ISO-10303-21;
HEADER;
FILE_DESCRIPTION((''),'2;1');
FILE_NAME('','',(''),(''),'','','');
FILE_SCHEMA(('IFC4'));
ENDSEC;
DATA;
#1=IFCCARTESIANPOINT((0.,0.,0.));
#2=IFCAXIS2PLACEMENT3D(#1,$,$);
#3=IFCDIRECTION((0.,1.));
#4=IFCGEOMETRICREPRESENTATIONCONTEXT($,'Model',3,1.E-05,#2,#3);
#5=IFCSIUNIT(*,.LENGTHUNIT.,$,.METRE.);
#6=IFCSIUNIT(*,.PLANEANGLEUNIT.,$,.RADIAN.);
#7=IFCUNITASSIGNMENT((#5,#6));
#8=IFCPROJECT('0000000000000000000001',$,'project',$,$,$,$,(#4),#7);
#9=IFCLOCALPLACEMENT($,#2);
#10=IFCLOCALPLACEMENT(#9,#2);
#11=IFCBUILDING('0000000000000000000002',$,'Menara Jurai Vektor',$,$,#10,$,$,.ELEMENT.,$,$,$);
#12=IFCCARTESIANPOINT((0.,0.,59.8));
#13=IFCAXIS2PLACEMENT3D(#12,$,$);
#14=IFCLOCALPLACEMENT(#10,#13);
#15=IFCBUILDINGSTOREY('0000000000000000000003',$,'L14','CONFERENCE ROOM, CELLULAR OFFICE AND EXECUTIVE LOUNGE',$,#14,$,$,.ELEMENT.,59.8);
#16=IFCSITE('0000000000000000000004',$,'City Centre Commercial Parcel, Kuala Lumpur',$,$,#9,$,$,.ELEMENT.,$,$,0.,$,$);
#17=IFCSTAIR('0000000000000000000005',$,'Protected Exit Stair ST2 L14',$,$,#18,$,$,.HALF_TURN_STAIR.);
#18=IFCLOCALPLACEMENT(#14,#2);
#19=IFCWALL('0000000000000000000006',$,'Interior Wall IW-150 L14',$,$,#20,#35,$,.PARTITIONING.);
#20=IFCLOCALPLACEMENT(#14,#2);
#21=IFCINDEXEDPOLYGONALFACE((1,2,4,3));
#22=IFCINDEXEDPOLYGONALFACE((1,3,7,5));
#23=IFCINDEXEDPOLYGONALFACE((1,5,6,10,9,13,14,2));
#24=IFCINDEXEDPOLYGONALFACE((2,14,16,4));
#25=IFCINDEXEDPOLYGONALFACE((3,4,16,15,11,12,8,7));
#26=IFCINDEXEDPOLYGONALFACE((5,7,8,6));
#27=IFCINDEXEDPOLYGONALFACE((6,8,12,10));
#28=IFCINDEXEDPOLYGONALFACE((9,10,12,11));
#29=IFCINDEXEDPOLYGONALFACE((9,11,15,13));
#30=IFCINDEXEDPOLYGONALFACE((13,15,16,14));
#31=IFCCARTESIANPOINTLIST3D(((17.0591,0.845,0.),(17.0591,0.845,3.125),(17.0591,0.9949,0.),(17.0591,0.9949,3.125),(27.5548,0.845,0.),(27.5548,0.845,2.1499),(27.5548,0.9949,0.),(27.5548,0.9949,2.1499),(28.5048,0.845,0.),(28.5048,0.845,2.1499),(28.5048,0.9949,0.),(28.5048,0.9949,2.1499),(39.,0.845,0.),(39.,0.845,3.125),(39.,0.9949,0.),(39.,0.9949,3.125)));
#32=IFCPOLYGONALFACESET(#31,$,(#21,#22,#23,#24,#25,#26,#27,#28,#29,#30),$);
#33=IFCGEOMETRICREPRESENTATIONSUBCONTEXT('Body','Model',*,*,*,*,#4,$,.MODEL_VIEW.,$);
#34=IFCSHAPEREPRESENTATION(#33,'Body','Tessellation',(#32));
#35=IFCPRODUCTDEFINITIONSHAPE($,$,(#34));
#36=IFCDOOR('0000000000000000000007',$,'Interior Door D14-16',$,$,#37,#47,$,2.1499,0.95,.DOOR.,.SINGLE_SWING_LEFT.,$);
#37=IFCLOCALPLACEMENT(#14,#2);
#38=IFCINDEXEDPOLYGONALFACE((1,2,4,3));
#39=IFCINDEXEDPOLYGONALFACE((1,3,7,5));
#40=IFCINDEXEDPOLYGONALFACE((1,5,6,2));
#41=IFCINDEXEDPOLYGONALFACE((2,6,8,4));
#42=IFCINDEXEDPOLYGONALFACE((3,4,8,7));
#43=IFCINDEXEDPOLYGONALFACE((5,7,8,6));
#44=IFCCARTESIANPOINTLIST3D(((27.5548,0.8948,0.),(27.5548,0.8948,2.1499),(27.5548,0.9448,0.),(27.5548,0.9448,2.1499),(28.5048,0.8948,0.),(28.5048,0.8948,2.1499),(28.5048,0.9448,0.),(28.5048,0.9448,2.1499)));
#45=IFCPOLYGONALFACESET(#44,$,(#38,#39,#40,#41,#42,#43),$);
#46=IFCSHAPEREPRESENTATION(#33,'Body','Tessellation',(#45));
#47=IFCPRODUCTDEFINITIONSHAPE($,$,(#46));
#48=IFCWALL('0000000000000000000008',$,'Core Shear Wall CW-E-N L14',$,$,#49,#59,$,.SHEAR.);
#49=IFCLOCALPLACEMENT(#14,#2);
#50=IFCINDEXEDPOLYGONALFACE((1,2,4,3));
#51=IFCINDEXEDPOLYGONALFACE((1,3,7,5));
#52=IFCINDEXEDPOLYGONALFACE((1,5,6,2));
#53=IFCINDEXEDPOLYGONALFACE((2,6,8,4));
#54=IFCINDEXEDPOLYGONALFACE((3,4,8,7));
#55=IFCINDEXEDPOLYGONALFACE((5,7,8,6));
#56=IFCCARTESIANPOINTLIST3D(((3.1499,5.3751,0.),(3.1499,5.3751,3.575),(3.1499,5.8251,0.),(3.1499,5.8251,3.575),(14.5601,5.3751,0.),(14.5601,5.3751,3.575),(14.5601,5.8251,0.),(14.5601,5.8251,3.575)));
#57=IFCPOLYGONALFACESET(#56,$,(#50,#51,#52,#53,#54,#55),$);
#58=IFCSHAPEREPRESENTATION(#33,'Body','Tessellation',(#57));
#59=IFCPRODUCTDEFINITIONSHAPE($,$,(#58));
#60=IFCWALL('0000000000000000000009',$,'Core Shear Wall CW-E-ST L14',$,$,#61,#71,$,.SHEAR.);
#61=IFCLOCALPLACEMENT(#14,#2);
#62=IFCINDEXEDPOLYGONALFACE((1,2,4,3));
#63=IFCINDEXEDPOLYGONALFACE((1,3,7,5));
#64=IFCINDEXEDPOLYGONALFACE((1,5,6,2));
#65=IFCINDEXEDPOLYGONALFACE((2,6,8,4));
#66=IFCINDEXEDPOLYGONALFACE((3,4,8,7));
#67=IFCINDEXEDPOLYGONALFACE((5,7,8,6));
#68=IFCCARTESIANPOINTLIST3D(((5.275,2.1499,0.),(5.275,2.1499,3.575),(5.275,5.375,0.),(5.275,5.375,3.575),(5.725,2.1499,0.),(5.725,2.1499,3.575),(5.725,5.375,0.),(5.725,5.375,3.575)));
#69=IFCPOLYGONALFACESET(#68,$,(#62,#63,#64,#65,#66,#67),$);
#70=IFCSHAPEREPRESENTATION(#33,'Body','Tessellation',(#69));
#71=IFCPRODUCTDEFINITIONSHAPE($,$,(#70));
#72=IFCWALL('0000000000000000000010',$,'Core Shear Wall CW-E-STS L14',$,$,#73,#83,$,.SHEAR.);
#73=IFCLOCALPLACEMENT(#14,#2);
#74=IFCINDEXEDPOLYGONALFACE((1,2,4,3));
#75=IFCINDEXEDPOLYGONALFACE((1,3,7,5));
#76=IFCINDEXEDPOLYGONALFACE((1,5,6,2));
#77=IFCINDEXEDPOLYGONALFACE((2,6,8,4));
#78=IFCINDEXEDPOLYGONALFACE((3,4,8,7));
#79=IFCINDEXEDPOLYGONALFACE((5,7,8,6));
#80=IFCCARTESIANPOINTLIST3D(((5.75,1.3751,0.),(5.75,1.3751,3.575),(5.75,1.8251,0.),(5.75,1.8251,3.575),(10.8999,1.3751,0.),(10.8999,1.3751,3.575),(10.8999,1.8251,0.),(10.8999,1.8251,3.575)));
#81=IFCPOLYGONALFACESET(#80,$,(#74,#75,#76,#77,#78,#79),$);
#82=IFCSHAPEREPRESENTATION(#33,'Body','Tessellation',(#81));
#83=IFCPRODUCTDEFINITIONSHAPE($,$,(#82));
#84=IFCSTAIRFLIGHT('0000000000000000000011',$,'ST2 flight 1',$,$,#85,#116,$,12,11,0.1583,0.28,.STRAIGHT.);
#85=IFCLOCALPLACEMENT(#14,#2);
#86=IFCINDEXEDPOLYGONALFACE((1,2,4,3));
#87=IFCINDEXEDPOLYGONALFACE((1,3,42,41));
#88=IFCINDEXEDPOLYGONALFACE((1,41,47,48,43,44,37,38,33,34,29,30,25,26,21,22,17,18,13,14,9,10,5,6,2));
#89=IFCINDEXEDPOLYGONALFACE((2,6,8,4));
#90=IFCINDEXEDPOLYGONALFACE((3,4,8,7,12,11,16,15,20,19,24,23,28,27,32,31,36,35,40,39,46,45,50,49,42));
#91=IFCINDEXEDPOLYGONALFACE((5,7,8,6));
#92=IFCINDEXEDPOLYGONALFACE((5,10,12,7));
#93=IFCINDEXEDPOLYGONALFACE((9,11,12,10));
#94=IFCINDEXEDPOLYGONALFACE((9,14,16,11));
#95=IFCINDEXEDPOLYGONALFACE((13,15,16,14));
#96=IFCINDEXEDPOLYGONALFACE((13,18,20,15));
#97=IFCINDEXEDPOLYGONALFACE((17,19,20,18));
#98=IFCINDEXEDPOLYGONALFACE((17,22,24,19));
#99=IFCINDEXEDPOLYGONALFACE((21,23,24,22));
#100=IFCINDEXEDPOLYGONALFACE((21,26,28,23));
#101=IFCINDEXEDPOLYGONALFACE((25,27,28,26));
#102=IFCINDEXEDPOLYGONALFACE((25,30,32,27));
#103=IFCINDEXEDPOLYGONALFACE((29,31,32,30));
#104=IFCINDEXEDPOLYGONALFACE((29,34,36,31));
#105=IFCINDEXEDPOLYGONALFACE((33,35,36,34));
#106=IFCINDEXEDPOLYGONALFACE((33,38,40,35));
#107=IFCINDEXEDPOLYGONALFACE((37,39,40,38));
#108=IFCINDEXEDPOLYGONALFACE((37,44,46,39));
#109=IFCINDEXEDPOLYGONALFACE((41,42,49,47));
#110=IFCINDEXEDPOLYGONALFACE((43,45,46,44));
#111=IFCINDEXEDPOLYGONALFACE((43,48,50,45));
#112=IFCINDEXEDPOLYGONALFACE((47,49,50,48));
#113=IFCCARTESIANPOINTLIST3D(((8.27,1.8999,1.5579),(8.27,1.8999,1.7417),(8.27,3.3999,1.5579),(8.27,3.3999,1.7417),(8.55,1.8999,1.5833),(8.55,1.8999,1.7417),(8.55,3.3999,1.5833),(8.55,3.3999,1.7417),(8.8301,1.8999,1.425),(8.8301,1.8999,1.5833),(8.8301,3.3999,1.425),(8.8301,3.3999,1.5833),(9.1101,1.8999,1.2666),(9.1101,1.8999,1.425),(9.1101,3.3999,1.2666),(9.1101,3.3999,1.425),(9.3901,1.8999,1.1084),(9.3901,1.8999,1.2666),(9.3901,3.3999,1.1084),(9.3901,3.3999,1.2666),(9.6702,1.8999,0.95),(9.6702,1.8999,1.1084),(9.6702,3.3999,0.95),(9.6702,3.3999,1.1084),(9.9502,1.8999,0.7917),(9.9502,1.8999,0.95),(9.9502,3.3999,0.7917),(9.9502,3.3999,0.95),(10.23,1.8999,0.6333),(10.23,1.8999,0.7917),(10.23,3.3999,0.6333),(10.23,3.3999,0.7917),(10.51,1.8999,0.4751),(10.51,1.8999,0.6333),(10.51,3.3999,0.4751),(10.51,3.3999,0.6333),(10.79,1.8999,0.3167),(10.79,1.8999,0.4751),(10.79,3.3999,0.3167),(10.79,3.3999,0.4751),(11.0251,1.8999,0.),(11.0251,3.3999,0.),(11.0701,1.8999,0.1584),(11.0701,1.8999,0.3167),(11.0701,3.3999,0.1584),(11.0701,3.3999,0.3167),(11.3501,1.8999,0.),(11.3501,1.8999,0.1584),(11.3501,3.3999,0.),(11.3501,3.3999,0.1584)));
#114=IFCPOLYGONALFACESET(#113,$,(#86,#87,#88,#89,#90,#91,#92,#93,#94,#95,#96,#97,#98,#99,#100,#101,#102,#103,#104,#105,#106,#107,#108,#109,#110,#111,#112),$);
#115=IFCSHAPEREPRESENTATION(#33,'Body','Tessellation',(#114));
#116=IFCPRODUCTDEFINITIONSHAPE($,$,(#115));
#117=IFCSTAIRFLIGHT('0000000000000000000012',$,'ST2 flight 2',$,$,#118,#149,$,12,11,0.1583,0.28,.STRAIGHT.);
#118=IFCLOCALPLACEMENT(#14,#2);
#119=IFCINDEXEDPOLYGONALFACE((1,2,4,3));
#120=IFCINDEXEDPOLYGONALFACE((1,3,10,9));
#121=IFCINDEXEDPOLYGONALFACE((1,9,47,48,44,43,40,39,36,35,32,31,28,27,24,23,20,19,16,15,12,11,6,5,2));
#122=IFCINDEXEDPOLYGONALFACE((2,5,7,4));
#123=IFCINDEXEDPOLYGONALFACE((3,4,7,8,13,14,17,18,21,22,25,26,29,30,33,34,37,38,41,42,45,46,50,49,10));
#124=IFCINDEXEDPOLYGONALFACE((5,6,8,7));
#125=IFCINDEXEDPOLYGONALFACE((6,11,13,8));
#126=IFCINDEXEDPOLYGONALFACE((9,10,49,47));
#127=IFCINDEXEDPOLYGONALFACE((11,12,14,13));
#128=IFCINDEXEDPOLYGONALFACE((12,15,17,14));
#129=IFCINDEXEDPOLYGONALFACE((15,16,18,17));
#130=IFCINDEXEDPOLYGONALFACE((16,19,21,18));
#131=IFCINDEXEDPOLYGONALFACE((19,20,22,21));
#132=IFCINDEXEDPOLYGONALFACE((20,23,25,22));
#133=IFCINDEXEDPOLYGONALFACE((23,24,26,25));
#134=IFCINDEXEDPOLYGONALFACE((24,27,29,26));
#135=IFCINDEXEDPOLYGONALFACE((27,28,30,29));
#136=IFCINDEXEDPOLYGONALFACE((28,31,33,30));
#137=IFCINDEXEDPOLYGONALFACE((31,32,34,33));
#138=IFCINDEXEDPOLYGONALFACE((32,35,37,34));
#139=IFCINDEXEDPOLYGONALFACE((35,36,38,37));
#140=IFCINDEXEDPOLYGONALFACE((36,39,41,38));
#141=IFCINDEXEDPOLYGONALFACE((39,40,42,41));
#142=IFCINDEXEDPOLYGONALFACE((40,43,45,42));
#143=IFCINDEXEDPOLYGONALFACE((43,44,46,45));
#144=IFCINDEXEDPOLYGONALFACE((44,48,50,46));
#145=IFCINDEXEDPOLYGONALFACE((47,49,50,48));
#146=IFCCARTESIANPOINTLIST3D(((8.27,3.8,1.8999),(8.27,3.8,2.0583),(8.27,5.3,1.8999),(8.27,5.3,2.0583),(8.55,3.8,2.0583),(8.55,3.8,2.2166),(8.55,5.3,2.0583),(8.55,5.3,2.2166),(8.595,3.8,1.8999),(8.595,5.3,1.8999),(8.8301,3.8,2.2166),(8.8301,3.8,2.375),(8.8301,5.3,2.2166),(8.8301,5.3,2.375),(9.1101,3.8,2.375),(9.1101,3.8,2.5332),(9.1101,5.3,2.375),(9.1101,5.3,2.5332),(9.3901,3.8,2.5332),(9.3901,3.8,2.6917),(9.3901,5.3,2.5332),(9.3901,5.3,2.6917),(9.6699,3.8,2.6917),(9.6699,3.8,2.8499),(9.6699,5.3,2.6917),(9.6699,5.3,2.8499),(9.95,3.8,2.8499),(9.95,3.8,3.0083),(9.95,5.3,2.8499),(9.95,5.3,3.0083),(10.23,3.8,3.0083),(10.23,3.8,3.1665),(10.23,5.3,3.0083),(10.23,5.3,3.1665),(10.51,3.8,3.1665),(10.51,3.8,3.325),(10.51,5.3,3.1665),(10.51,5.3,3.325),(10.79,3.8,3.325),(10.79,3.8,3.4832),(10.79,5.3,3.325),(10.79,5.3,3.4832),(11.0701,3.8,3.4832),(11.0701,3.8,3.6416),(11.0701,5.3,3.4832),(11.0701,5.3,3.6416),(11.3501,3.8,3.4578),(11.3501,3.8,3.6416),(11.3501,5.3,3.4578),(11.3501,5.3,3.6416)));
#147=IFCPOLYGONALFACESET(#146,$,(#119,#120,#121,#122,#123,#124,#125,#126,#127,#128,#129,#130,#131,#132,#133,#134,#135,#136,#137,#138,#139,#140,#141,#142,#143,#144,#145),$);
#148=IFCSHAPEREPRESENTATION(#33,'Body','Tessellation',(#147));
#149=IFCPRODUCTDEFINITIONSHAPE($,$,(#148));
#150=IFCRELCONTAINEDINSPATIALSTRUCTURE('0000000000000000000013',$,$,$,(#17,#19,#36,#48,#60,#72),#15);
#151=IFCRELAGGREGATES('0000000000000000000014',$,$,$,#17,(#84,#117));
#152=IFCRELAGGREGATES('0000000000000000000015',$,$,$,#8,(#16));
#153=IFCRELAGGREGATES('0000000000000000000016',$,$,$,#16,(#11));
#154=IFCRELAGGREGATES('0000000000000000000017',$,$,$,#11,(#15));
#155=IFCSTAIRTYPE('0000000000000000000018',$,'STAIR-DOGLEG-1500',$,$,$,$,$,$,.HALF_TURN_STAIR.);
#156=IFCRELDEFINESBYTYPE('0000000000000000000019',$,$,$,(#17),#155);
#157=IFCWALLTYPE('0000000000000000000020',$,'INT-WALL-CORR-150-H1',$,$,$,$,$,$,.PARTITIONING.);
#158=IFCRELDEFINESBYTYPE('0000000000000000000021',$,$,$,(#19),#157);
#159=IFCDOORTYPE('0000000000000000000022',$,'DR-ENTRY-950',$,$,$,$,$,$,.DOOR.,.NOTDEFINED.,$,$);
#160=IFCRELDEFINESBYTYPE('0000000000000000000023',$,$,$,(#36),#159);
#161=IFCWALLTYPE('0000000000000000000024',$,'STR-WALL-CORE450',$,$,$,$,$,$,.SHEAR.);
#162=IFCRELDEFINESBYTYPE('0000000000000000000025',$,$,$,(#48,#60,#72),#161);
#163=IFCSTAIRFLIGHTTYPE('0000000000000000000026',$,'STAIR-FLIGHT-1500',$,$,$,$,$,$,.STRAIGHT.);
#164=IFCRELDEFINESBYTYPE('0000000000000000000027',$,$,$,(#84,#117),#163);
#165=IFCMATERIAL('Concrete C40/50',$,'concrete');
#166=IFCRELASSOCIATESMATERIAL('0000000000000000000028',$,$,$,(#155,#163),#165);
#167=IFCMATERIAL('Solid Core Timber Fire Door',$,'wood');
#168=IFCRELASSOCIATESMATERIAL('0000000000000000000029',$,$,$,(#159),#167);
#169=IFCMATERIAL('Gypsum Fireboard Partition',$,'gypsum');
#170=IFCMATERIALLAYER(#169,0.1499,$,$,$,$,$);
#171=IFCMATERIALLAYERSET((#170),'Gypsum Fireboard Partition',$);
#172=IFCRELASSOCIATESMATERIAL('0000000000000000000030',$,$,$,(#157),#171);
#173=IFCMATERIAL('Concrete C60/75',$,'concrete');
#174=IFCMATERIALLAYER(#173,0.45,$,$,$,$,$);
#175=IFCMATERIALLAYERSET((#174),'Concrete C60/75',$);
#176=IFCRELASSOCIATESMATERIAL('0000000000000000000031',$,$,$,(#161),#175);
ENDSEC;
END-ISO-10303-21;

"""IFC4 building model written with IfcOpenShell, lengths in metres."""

from ifc_helpers import new_model, si_unit, direction, frame, frame_2d, origin, place, context, subcontext, project, spatial, polyline, rectangle, outline, extrude, material, layer, layer_set, type_object, element, fill, aggregate, save


model = new_model("IFC4")

# Units and contexts
model_context = context("Model", 3, precision=1e-05, world=origin(), true_north=direction((0.0, 1.0)))
body_context = subcontext(model_context, "Body", "Model", "MODEL_VIEW")
ifc_project = project(units=[si_unit("LENGTHUNIT", "METRE"), si_unit("PLANEANGLEUNIT", "RADIAN")], contexts=[model_context])

# Site, building, storey
site_placement = place(None, origin())
site = spatial("IfcSite", under=ifc_project, at=site_placement, Name="City Centre Commercial Parcel, Kuala Lumpur", CompositionType="ELEMENT", RefElevation=0.0)
building_placement = place(site_placement, origin())
building = spatial("IfcBuilding", under=site, at=building_placement, Name="Menara Jurai Vektor", CompositionType="ELEMENT")
storey_placement = place(building_placement, frame((0.0, 0.0, 59.8)))
storey = spatial("IfcBuildingStorey", under=building, at=storey_placement, Name="L14", Description="CONFERENCE ROOM, CELLULAR OFFICE AND EXECUTIVE LOUNGE", CompositionType="ELEMENT", Elevation=59.8)

# Shared definitions
ifc_material_1 = material(Name="Concrete C60/75", Category="concrete")

# Stair
ifc_material_2 = material(Name="Concrete C40/50", Category="concrete")
stair_type = type_object("IfcStairType", Name="STAIR-DOGLEG-1500", PredefinedType="HALF_TURN_STAIR", material=ifc_material_2)
stair_placement = place(storey_placement, origin())
stair = element("IfcStair", 1, at=stair_placement, inside=storey, type_object=stair_type, Name="Protected Exit Stair ST2 L14", PredefinedType="HALF_TURN_STAIR")

# Shared definitions
ifc_material_3 = material(Name="Gypsum Fireboard Partition", Category="gypsum")

# Shared definitions
ifc_material_4 = material(Name="Solid Core Timber Fire Door", Category="wood")
door_type_1 = type_object("IfcDoorType", Name="DR-ENTRY-950", OperationType="NOTDEFINED", PredefinedType="DOOR", material=ifc_material_4)

# Wall, opening, door
ifc_layer_1 = layer(ifc_material_3, 0.1499)
ifc_layer_set_1 = layer_set([ifc_layer_1], Name="Gypsum Fireboard Partition")
wall_type_1 = type_object("IfcWallType", Name="INT-WALL-CORR-150-H1", PredefinedType="PARTITIONING", material=ifc_layer_set_1)
wall_1_placement = place(storey_placement, frame((17.0591, 0.9199, 0.0), z_axis=(0.0, 0.0, 1.0), x_axis=(1.0, 0.0, 0.0)))
wall_1 = element("IfcWall", 2, at=wall_1_placement, inside=storey, type_object=wall_type_1, Name="Interior Wall IW-150 L14", PredefinedType="PARTITIONING", context=body_context, shape_type="SweptSolid", body=[
    extrude(rectangle(XDim=21.9409, YDim=0.1499, at=frame_2d((10.9705, 0.0))), origin(), (0.0, 0.0, 1.0), 3.125),
])
opening_1_placement = place(wall_1_placement, frame((10.4956, 0.0, 0.0)))
opening_1 = element("IfcOpeningElement", 3, at=opening_1_placement, cuts=wall_1, PredefinedType="OPENING", context=body_context, shape_type="SweptSolid", body=[
    extrude(rectangle(XDim=0.95, YDim=2.1499, at=frame_2d((0.4751, 1.075))), frame((0.0, 0.085, 0.0), z_axis=(0.0, -1.0, 0.0), x_axis=(1.0, 0.0, 0.0)), (0.0, 0.0, 1.0), 0.1699),
])
door_1_placement = place(opening_1_placement, origin())
door_1 = element("IfcDoor", 4, at=door_1_placement, inside=storey, type_object=door_type_1, Name="Interior Door D14-16", OperationType="SINGLE_SWING_LEFT", OverallHeight=2.1499, OverallWidth=0.95, PredefinedType="DOOR", context=body_context, shape_type="SweptSolid", body=[
    extrude(rectangle(XDim=0.95, YDim=2.1499, at=frame_2d((0.4751, 1.075))), frame((0.0, 0.0249, 0.0), z_axis=(0.0, -1.0, 0.0), x_axis=(1.0, 0.0, 0.0)), (0.0, 0.0, 1.0), 0.05),
])
fill(opening_1, door_1)

# Walls
ifc_layer_2 = layer(ifc_material_1, 0.45)
ifc_layer_set_2 = layer_set([ifc_layer_2], Name="Concrete C60/75")
wall_type_2 = type_object("IfcWallType", Name="STR-WALL-CORE450", PredefinedType="SHEAR", material=ifc_layer_set_2)
wall_2_placement = place(storey_placement, frame((3.1499, 5.6001, 0.0), z_axis=(0.0, 0.0, 1.0), x_axis=(1.0, 0.0, 0.0)))
element("IfcWall", 5, at=wall_2_placement, inside=storey, type_object=wall_type_2, Name="Core Shear Wall CW-E-N L14", PredefinedType="SHEAR", context=body_context, shape_type="SweptSolid", body=[
    extrude(rectangle(XDim=11.4102, YDim=0.45, at=frame_2d((5.7051, 0.0))), origin(), (0.0, 0.0, 1.0), 3.575),
])
wall_3_placement = place(storey_placement, frame((5.5, 2.1499, 0.0), z_axis=(0.0, 0.0, 1.0), x_axis=(0.0, 1.0, 0.0)))
element("IfcWall", 6, at=wall_3_placement, inside=storey, type_object=wall_type_2, Name="Core Shear Wall CW-E-ST L14", PredefinedType="SHEAR", context=body_context, shape_type="SweptSolid", body=[
    extrude(rectangle(XDim=3.2251, YDim=0.45, at=frame_2d((1.6125, 0.0))), origin(), (0.0, 0.0, 1.0), 3.575),
])
wall_4_placement = place(storey_placement, frame((5.75, 1.6001, 0.0), z_axis=(0.0, 0.0, 1.0), x_axis=(1.0, 0.0, 0.0)))
element("IfcWall", 7, at=wall_4_placement, inside=storey, type_object=wall_type_2, Name="Core Shear Wall CW-E-STS L14", PredefinedType="SHEAR", context=body_context, shape_type="SweptSolid", body=[
    extrude(rectangle(XDim=5.1499, YDim=0.45, at=frame_2d((2.575, 0.0))), origin(), (0.0, 0.0, 1.0), 3.575),
])

# Stair flights
stair_flight_type = type_object("IfcStairFlightType", Name="STAIR-FLIGHT-1500", PredefinedType="STRAIGHT", material=ifc_material_2)
stair_flight_1_placement = place(storey_placement, frame((11.3501, 2.6499, 0.0), z_axis=(0.0, 0.0, 1.0), x_axis=(-1.0, 0.0, 0.0)))
stair_flight_1 = element("IfcStairFlight", 8, at=stair_flight_1_placement, type_object=stair_flight_type, Name="ST2 flight 1", NumberOfRisers=12, NumberOfTreads=11, PredefinedType="STRAIGHT", RiserHeight=0.1583, TreadLength=0.28, context=body_context, shape_type="SweptSolid", body=[
    extrude(outline(polyline([(0.0, 0.0), (0.0, 0.1584), (0.28, 0.1584), (0.28, 0.3167), (0.5601, 0.3167), (0.5601, 0.4751), (0.8401, 0.4751), (0.8401, 0.6333), (1.1201, 0.6333), (1.1201, 0.7917), (1.3999, 0.7917), (1.3999, 0.95), (1.6799, 0.95), (1.6799, 1.1084), (1.96, 1.1084), (1.96, 1.2666), (2.24, 1.2666), (2.24, 1.425), (2.52, 1.425), (2.52, 1.5833), (2.8, 1.5833), (2.8, 1.7417), (3.0801, 1.7417), (3.0801, 1.8999), (3.0801, 1.5579), (0.325, 0.0), (0.0, 0.0)])), frame((0.0, 0.75, 0.0), z_axis=(0.0, -1.0, 0.0), x_axis=(1.0, 0.0, 0.0)), (0.0, 0.0, 1.0), 1.5),
])
stair_flight_2_placement = place(storey_placement, frame((8.27, 4.55, 1.8999), z_axis=(0.0, 0.0, 1.0), x_axis=(1.0, 0.0, 0.0)))
stair_flight_2 = element("IfcStairFlight", 9, at=stair_flight_2_placement, type_object=stair_flight_type, Name="ST2 flight 2", NumberOfRisers=12, NumberOfTreads=11, PredefinedType="STRAIGHT", RiserHeight=0.1583, TreadLength=0.28, context=body_context, shape_type="SweptSolid", body=[
    extrude(outline(polyline([(0.0, 0.0), (0.0, 0.1584), (0.28, 0.1584), (0.28, 0.3167), (0.5601, 0.3167), (0.5601, 0.4751), (0.8401, 0.4751), (0.8401, 0.6333), (1.1201, 0.6333), (1.1201, 0.7917), (1.3999, 0.7917), (1.3999, 0.95), (1.6799, 0.95), (1.6799, 1.1084), (1.96, 1.1084), (1.96, 1.2666), (2.24, 1.2666), (2.24, 1.425), (2.52, 1.425), (2.52, 1.5833), (2.8, 1.5833), (2.8, 1.7417), (3.0801, 1.7417), (3.0801, 1.8999), (3.0801, 1.5579), (0.325, 0.0), (0.0, 0.0)])), frame((0.0, 0.75, 0.0), z_axis=(0.0, -1.0, 0.0), x_axis=(1.0, 0.0, 0.0)), (0.0, 0.0, 1.0), 1.5),
])
aggregate(stair, [stair_flight_1, stair_flight_2])

save(model, "model.ifc")
